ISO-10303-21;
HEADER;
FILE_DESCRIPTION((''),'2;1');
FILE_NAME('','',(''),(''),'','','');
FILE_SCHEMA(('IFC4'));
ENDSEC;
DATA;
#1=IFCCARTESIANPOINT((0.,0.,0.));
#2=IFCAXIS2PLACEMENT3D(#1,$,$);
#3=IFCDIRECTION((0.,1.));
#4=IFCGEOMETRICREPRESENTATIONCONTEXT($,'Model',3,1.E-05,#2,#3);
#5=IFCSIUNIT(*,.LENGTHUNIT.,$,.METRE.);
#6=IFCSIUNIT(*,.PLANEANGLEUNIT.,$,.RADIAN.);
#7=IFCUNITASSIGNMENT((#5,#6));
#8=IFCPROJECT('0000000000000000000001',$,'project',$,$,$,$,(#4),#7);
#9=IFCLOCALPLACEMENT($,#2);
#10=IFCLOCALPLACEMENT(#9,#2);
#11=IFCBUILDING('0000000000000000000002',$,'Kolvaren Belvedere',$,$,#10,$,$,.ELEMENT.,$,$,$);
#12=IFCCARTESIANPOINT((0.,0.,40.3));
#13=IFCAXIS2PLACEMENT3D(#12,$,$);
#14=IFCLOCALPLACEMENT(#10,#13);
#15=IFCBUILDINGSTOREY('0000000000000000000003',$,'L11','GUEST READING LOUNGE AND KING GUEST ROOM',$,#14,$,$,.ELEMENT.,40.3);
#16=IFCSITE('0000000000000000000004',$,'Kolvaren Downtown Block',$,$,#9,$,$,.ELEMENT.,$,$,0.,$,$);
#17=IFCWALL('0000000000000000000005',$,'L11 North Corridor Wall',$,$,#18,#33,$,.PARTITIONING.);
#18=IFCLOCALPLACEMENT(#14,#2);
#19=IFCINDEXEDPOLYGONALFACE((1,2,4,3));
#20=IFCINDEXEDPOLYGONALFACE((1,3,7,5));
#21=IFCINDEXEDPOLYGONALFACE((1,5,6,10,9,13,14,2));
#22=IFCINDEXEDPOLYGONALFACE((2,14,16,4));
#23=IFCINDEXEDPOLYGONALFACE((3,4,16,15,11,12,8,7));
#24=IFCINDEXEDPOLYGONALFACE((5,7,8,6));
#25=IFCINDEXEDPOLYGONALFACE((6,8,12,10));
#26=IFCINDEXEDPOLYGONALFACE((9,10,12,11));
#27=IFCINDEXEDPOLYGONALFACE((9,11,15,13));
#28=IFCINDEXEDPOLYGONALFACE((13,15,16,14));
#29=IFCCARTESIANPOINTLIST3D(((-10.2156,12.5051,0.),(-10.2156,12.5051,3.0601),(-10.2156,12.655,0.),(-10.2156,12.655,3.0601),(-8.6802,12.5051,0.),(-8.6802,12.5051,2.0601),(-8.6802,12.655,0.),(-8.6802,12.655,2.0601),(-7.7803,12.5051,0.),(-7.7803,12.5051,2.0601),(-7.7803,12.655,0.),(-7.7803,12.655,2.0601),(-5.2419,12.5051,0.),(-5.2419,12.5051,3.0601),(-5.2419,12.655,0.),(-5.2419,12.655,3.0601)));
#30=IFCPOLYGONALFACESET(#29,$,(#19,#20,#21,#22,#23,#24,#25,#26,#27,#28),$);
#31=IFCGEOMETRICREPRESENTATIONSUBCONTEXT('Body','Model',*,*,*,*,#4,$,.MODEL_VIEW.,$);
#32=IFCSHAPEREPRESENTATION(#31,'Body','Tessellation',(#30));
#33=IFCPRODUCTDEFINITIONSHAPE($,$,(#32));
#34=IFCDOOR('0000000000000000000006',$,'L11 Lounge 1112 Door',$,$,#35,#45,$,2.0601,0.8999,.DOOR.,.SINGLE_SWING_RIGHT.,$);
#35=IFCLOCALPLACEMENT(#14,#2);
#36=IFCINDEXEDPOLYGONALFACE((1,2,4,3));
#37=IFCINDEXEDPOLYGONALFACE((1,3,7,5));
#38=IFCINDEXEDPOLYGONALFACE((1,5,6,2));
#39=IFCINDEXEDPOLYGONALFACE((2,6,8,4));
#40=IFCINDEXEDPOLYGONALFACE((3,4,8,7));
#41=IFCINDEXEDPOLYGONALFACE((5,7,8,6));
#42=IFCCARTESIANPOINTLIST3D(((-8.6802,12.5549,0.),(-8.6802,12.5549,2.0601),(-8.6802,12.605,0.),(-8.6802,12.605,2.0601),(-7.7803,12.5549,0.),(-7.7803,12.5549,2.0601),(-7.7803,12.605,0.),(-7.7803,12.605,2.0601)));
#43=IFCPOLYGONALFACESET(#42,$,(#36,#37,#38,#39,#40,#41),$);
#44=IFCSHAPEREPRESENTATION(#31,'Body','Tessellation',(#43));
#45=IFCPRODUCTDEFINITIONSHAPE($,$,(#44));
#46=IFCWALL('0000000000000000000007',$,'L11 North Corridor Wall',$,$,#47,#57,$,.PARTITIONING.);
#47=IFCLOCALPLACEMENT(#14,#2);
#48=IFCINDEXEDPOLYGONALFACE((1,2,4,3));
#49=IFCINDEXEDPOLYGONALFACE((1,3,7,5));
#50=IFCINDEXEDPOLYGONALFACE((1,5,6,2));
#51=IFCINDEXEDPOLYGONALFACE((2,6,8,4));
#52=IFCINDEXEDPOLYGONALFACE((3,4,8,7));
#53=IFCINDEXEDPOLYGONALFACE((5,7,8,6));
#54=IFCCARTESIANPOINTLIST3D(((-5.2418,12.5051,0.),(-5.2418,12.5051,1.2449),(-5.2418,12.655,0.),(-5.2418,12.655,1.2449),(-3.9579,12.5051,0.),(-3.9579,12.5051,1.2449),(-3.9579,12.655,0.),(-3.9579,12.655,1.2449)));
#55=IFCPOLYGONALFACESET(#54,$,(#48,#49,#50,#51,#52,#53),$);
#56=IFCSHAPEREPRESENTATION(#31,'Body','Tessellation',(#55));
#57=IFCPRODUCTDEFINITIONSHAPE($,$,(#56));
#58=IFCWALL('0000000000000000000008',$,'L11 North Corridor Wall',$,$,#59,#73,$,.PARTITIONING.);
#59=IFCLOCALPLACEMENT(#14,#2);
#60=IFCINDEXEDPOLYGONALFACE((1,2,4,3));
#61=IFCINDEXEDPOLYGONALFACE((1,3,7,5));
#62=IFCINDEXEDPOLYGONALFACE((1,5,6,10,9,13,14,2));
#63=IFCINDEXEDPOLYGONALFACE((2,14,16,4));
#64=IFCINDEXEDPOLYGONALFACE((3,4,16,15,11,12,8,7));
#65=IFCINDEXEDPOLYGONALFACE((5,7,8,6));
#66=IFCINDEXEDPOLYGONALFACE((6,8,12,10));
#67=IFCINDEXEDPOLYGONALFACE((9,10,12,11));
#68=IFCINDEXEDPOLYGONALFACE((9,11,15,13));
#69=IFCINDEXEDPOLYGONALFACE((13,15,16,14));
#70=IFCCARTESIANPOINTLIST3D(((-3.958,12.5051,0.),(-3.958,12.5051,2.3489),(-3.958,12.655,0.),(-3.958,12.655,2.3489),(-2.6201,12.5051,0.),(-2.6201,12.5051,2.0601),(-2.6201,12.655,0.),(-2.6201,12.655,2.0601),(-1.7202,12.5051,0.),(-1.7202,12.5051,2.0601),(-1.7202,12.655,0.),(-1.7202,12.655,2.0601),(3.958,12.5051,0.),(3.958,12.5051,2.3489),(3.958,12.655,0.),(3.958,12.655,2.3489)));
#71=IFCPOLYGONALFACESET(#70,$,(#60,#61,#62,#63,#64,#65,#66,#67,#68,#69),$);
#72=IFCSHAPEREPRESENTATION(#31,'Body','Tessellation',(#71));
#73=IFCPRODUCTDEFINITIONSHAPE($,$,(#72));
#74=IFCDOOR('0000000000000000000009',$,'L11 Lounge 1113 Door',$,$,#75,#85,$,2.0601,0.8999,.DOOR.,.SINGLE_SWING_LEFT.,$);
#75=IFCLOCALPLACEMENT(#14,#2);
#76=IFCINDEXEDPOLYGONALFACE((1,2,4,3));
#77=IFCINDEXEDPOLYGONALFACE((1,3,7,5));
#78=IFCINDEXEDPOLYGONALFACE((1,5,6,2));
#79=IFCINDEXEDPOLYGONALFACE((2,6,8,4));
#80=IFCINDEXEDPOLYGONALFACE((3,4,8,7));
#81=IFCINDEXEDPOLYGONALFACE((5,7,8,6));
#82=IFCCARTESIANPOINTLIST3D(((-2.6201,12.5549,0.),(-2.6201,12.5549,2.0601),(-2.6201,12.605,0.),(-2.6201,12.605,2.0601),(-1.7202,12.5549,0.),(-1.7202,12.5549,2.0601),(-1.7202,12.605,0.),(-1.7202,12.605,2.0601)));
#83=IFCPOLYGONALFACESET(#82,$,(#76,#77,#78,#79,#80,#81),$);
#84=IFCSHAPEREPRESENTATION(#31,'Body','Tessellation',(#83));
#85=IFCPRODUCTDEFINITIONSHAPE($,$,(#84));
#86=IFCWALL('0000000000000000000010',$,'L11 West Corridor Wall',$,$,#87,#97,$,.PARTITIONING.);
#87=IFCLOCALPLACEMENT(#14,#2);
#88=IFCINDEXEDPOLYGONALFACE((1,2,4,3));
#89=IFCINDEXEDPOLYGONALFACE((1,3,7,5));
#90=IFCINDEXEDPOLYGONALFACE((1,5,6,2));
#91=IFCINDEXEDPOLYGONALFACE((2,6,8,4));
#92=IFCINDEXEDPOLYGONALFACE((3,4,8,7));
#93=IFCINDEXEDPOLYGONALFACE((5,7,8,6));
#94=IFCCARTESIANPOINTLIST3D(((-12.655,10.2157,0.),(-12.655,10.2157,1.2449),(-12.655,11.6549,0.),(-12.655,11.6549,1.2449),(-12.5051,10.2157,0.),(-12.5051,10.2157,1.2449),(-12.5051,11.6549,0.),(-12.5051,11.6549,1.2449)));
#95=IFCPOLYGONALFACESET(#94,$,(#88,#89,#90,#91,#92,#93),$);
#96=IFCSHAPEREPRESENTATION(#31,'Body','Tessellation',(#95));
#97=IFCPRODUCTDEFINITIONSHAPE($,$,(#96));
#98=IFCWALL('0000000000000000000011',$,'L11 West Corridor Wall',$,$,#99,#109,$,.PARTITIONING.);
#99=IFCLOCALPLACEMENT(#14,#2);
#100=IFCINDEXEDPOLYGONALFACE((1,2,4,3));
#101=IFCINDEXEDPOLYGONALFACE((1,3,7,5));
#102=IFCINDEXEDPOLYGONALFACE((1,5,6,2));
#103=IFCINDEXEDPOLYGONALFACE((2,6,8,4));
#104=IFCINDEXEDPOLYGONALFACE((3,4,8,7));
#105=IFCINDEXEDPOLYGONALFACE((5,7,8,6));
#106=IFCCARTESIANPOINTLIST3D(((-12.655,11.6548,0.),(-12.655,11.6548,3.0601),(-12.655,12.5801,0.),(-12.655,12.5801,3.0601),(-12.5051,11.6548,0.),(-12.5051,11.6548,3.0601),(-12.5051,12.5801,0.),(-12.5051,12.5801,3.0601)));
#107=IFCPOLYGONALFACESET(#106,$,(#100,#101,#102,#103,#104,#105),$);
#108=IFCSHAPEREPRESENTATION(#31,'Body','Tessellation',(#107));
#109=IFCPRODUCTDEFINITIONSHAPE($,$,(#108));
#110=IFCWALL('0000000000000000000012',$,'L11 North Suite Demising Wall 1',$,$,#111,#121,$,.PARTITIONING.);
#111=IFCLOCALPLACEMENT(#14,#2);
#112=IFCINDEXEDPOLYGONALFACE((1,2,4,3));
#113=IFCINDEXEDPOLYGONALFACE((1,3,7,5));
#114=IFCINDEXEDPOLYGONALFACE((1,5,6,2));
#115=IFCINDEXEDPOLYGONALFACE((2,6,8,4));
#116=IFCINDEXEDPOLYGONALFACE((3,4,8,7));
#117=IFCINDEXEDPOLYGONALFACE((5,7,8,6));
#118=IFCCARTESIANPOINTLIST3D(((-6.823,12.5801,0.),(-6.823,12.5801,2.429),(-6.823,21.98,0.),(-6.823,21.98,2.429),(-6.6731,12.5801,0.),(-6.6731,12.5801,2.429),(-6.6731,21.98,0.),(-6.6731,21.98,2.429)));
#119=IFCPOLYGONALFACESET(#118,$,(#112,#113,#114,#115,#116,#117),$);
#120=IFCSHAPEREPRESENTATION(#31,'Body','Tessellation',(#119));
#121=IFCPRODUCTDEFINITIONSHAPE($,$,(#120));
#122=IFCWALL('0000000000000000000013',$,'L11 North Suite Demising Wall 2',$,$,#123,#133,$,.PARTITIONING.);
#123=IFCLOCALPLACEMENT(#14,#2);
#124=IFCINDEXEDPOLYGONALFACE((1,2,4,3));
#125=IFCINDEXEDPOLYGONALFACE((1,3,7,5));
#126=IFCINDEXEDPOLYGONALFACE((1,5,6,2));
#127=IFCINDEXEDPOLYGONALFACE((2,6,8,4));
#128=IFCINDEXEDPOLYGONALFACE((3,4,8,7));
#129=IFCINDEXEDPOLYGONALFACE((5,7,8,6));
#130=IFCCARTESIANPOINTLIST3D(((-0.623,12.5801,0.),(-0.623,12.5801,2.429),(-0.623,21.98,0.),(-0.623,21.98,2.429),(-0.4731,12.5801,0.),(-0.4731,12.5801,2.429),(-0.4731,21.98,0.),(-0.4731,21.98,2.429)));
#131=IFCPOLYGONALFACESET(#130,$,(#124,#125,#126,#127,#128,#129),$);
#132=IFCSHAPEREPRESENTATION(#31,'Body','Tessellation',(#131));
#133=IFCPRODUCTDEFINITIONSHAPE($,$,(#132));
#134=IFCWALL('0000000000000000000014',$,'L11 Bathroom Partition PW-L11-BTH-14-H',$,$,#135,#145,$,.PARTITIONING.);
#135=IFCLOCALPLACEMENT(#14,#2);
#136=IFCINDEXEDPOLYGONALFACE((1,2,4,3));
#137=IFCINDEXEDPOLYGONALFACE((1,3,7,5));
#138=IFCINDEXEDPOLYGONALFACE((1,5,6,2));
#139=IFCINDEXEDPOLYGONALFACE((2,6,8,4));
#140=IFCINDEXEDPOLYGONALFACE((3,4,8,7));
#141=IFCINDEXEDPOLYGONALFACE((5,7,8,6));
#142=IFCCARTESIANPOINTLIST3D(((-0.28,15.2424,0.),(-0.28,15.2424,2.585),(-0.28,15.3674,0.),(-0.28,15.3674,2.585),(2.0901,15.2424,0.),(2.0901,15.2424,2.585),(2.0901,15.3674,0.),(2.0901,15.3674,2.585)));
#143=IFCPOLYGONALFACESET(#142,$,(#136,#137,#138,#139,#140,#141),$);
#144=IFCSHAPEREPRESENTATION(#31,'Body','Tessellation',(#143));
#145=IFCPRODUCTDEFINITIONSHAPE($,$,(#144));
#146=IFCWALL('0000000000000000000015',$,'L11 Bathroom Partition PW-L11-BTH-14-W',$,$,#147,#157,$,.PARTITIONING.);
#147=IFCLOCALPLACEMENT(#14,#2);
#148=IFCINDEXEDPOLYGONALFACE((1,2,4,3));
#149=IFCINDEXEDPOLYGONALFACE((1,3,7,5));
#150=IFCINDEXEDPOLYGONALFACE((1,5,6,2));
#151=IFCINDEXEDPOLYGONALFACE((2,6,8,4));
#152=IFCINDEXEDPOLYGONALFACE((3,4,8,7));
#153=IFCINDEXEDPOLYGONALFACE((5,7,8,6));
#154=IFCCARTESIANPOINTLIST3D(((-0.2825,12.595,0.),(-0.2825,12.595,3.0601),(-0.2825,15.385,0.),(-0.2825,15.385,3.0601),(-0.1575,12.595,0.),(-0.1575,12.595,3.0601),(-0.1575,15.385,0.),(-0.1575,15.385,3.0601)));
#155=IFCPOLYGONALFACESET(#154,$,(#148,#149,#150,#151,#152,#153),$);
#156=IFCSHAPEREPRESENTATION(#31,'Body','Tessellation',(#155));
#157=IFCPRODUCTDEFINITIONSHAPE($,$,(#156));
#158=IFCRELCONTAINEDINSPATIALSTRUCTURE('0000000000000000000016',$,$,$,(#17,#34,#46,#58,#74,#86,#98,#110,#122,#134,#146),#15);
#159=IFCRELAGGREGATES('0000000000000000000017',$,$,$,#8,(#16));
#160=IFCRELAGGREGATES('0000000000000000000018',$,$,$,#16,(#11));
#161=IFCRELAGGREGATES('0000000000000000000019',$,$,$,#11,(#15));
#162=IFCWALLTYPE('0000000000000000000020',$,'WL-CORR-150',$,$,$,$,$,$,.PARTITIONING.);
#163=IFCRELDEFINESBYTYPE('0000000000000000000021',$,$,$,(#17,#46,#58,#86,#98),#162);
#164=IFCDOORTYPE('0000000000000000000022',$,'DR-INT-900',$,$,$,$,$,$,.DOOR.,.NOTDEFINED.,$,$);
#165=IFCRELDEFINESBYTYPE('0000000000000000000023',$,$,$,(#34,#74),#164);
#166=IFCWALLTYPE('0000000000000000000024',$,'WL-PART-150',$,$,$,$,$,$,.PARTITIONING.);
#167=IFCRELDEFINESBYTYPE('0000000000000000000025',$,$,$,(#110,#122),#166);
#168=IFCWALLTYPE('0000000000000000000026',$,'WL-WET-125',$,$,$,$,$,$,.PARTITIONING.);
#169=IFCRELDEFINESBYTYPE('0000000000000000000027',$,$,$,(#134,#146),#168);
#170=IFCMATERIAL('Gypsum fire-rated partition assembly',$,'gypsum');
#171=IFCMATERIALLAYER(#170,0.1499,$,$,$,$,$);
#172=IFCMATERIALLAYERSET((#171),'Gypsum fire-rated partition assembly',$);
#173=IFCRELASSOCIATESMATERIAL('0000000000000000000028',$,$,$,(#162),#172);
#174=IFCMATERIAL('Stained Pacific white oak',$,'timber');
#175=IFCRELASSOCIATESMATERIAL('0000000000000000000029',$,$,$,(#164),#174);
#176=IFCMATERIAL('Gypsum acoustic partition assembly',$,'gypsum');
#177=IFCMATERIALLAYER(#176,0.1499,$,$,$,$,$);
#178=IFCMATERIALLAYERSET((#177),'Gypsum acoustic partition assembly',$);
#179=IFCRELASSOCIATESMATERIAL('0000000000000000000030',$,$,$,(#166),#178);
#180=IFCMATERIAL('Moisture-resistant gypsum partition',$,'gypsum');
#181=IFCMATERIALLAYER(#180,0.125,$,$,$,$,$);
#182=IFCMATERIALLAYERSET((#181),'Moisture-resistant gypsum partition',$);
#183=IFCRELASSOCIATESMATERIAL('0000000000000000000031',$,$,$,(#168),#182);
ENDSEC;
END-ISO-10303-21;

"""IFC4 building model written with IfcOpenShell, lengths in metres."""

from ifc_helpers import new_model, si_unit, direction, frame, frame_2d, origin, place, context, subcontext, project, spatial, rectangle, extrude, material, layer, layer_set, type_object, element, fill, save


model = new_model("IFC4")

# Units and contexts
model_context = context("Model", 3, precision=1e-05, world=origin(), true_north=direction((0.0, 1.0)))
body_context = subcontext(model_context, "Body", "Model", "MODEL_VIEW")
ifc_project = project(units=[si_unit("LENGTHUNIT", "METRE"), si_unit("PLANEANGLEUNIT", "RADIAN")], contexts=[model_context])

# Site, building, storey
site_placement = place(None, origin())
site = spatial("IfcSite", under=ifc_project, at=site_placement, Name="Kolvaren Downtown Block", CompositionType="ELEMENT", RefElevation=0.0)
building_placement = place(site_placement, origin())
building = spatial("IfcBuilding", under=site, at=building_placement, Name="Kolvaren Belvedere", CompositionType="ELEMENT")
storey_placement = place(building_placement, frame((0.0, 0.0, 40.3)))
storey = spatial("IfcBuildingStorey", under=building, at=storey_placement, Name="L11", Description="GUEST READING LOUNGE AND KING GUEST ROOM", CompositionType="ELEMENT", Elevation=40.3)

# Shared definitions
ifc_material_1 = material(Name="Gypsum fire-rated partition assembly", Category="gypsum")
ifc_layer_1 = layer(ifc_material_1, 0.1499)
ifc_layer_set_1 = layer_set([ifc_layer_1], Name="Gypsum fire-rated partition assembly")
wall_type_1 = type_object("IfcWallType", Name="WL-CORR-150", PredefinedType="PARTITIONING", material=ifc_layer_set_1)

# Wall, opening, door
wall_1_placement = place(storey_placement, frame((-10.2156, 12.5801, 0.0), z_axis=(0.0, 0.0, 1.0), x_axis=(1.0, 0.0, 0.0)))
wall_1 = element("IfcWall", 1, at=wall_1_placement, inside=storey, type_object=wall_type_1, Name="L11 North Corridor Wall", PredefinedType="PARTITIONING", context=body_context, shape_type="SweptSolid", body=[
    extrude(rectangle(XDim=4.9736, YDim=0.1499, at=frame_2d((2.4868, 0.0))), origin(), (0.0, 0.0, 1.0), 3.0601),
])
opening_1_placement = place(wall_1_placement, frame((1.5354, 0.0, 0.0)))
opening_1 = element("IfcOpeningElement", 2, at=opening_1_placement, cuts=wall_1, PredefinedType="OPENING", context=body_context, shape_type="SweptSolid", body=[
    extrude(rectangle(XDim=0.8999, YDim=2.0601, at=frame_2d((0.45, 1.03))), frame((0.0, 0.085, 0.0), z_axis=(0.0, -1.0, 0.0), x_axis=(1.0, 0.0, 0.0)), (0.0, 0.0, 1.0), 0.1699),
])
ifc_material_2 = material(Name="Stained Pacific white oak", Category="timber")
door_type = type_object("IfcDoorType", Name="DR-INT-900", OperationType="NOTDEFINED", PredefinedType="DOOR", material=ifc_material_2)
door_1_placement = place(opening_1_placement, origin())
door_1 = element("IfcDoor", 3, at=door_1_placement, inside=storey, type_object=door_type, Name="L11 Lounge 1112 Door", OperationType="SINGLE_SWING_RIGHT", OverallHeight=2.0601, OverallWidth=0.8999, PredefinedType="DOOR", context=body_context, shape_type="SweptSolid", body=[
    extrude(rectangle(XDim=0.8999, YDim=2.0601, at=frame_2d((0.45, 1.03))), frame((0.0, 0.0249, 0.0), z_axis=(0.0, -1.0, 0.0), x_axis=(1.0, 0.0, 0.0)), (0.0, 0.0, 1.0), 0.05),
])
fill(opening_1, door_1)

# Wall
wall_2_placement = place(storey_placement, frame((-5.2419, 12.5801, 0.0), z_axis=(0.0, 0.0, 1.0), x_axis=(1.0, 0.0, 0.0)))
element("IfcWall", 4, at=wall_2_placement, inside=storey, type_object=wall_type_1, Name="L11 North Corridor Wall", PredefinedType="PARTITIONING", context=body_context, shape_type="SweptSolid", body=[
    extrude(rectangle(XDim=1.2839, YDim=0.1499, at=frame_2d((0.6421, 0.0))), origin(), (0.0, 0.0, 1.0), 1.2449),
])

# Wall, opening, door
wall_3_placement = place(storey_placement, frame((-3.958, 12.5801, 0.0), z_axis=(0.0, 0.0, 1.0), x_axis=(1.0, 0.0, 0.0)))
wall_3 = element("IfcWall", 5, at=wall_3_placement, inside=storey, type_object=wall_type_1, Name="L11 North Corridor Wall", PredefinedType="PARTITIONING", context=body_context, shape_type="SweptSolid", body=[
    extrude(rectangle(XDim=7.916, YDim=0.1499, at=frame_2d((3.958, 0.0))), origin(), (0.0, 0.0, 1.0), 2.3489),
])
opening_2_placement = place(wall_3_placement, frame((1.3379, 0.0, 0.0)))
opening_2 = element("IfcOpeningElement", 6, at=opening_2_placement, cuts=wall_3, PredefinedType="OPENING", context=body_context, shape_type="SweptSolid", body=[
    extrude(rectangle(XDim=0.8999, YDim=2.0601, at=frame_2d((0.45, 1.03))), frame((0.0, 0.085, 0.0), z_axis=(0.0, -1.0, 0.0), x_axis=(1.0, 0.0, 0.0)), (0.0, 0.0, 1.0), 0.1699),
])
door_2_placement = place(opening_2_placement, origin())
door_2 = element("IfcDoor", 7, at=door_2_placement, inside=storey, type_object=door_type, Name="L11 Lounge 1113 Door", OperationType="SINGLE_SWING_LEFT", OverallHeight=2.0601, OverallWidth=0.8999, PredefinedType="DOOR", context=body_context, shape_type="SweptSolid", body=[
    extrude(rectangle(XDim=0.8999, YDim=2.0601, at=frame_2d((0.45, 1.03))), frame((0.0, 0.0249, 0.0), z_axis=(0.0, -1.0, 0.0), x_axis=(1.0, 0.0, 0.0)), (0.0, 0.0, 1.0), 0.05),
])
fill(opening_2, door_2)

# Walls
wall_4_placement = place(storey_placement, frame((-12.5801, 10.2156, 0.0), z_axis=(0.0, 0.0, 1.0), x_axis=(0.0, 1.0, 0.0)))
element("IfcWall", 8, at=wall_4_placement, inside=storey, type_object=wall_type_1, Name="L11 West Corridor Wall", PredefinedType="PARTITIONING", context=body_context, shape_type="SweptSolid", body=[
    extrude(rectangle(XDim=1.4392, YDim=0.1499, at=frame_2d((0.7197, 0.0))), origin(), (0.0, 0.0, 1.0), 1.2449),
])
wall_5_placement = place(storey_placement, frame((-12.5801, 11.6548, 0.0), z_axis=(0.0, 0.0, 1.0), x_axis=(0.0, 1.0, 0.0)))
element("IfcWall", 9, at=wall_5_placement, inside=storey, type_object=wall_type_1, Name="L11 West Corridor Wall", PredefinedType="PARTITIONING", context=body_context, shape_type="SweptSolid", body=[
    extrude(rectangle(XDim=0.9253, YDim=0.1499, at=frame_2d((0.4626, 0.0))), origin(), (0.0, 0.0, 1.0), 3.0601),
])
ifc_material_3 = material(Name="Gypsum acoustic partition assembly", Category="gypsum")
ifc_layer_2 = layer(ifc_material_3, 0.1499)
ifc_layer_set_2 = layer_set([ifc_layer_2], Name="Gypsum acoustic partition assembly")
wall_type_2 = type_object("IfcWallType", Name="WL-PART-150", PredefinedType="PARTITIONING", material=ifc_layer_set_2)
for number, where, z_axis, x_axis, name in (
    (10, (-6.748, 12.5801, 0.0), (0.0, 0.0, 1.0), (0.0, 1.0, 0.0), "L11 North Suite Demising Wall 1"),
    (11, (-0.5481, 12.5801, 0.0), (0.0, 0.0, 1.0), (0.0, 1.0, 0.0), "L11 North Suite Demising Wall 2"),
):
    element("IfcWall", number, at=place(storey_placement, frame(where, z_axis=z_axis, x_axis=x_axis)), inside=storey, type_object=wall_type_2, Name=name, PredefinedType="PARTITIONING", context=body_context, shape_type="SweptSolid", body=[
        extrude(rectangle(XDim=9.3999, YDim=0.1499, at=frame_2d((4.7, 0.0))), origin(), (0.0, 0.0, 1.0), 2.429),
    ])
ifc_material_4 = material(Name="Moisture-resistant gypsum partition", Category="gypsum")
ifc_layer_3 = layer(ifc_material_4, 0.125)
ifc_layer_set_3 = layer_set([ifc_layer_3], Name="Moisture-resistant gypsum partition")
wall_type_3 = type_object("IfcWallType", Name="WL-WET-125", PredefinedType="PARTITIONING", material=ifc_layer_set_3)
wall_6_placement = place(storey_placement, frame((-0.28, 15.3049, 0.0), z_axis=(0.0, 0.0, 1.0), x_axis=(1.0, 0.0, 0.0)))
element("IfcWall", 12, at=wall_6_placement, inside=storey, type_object=wall_type_3, Name="L11 Bathroom Partition PW-L11-BTH-14-H", PredefinedType="PARTITIONING", context=body_context, shape_type="SweptSolid", body=[
    extrude(rectangle(XDim=2.3701, YDim=0.125, at=frame_2d((1.1851, 0.0))), origin(), (0.0, 0.0, 1.0), 2.585),
])
wall_7_placement = place(storey_placement, frame((-0.22, 12.595, 0.0), z_axis=(0.0, 0.0, 1.0), x_axis=(0.0, 1.0, 0.0)))
element("IfcWall", 13, at=wall_7_placement, inside=storey, type_object=wall_type_3, Name="L11 Bathroom Partition PW-L11-BTH-14-W", PredefinedType="PARTITIONING", context=body_context, shape_type="SweptSolid", body=[
    extrude(rectangle(XDim=2.79, YDim=0.125, at=frame_2d((1.395, 0.0))), origin(), (0.0, 0.0, 1.0), 3.0601),
])

save(model, "model.ifc")
